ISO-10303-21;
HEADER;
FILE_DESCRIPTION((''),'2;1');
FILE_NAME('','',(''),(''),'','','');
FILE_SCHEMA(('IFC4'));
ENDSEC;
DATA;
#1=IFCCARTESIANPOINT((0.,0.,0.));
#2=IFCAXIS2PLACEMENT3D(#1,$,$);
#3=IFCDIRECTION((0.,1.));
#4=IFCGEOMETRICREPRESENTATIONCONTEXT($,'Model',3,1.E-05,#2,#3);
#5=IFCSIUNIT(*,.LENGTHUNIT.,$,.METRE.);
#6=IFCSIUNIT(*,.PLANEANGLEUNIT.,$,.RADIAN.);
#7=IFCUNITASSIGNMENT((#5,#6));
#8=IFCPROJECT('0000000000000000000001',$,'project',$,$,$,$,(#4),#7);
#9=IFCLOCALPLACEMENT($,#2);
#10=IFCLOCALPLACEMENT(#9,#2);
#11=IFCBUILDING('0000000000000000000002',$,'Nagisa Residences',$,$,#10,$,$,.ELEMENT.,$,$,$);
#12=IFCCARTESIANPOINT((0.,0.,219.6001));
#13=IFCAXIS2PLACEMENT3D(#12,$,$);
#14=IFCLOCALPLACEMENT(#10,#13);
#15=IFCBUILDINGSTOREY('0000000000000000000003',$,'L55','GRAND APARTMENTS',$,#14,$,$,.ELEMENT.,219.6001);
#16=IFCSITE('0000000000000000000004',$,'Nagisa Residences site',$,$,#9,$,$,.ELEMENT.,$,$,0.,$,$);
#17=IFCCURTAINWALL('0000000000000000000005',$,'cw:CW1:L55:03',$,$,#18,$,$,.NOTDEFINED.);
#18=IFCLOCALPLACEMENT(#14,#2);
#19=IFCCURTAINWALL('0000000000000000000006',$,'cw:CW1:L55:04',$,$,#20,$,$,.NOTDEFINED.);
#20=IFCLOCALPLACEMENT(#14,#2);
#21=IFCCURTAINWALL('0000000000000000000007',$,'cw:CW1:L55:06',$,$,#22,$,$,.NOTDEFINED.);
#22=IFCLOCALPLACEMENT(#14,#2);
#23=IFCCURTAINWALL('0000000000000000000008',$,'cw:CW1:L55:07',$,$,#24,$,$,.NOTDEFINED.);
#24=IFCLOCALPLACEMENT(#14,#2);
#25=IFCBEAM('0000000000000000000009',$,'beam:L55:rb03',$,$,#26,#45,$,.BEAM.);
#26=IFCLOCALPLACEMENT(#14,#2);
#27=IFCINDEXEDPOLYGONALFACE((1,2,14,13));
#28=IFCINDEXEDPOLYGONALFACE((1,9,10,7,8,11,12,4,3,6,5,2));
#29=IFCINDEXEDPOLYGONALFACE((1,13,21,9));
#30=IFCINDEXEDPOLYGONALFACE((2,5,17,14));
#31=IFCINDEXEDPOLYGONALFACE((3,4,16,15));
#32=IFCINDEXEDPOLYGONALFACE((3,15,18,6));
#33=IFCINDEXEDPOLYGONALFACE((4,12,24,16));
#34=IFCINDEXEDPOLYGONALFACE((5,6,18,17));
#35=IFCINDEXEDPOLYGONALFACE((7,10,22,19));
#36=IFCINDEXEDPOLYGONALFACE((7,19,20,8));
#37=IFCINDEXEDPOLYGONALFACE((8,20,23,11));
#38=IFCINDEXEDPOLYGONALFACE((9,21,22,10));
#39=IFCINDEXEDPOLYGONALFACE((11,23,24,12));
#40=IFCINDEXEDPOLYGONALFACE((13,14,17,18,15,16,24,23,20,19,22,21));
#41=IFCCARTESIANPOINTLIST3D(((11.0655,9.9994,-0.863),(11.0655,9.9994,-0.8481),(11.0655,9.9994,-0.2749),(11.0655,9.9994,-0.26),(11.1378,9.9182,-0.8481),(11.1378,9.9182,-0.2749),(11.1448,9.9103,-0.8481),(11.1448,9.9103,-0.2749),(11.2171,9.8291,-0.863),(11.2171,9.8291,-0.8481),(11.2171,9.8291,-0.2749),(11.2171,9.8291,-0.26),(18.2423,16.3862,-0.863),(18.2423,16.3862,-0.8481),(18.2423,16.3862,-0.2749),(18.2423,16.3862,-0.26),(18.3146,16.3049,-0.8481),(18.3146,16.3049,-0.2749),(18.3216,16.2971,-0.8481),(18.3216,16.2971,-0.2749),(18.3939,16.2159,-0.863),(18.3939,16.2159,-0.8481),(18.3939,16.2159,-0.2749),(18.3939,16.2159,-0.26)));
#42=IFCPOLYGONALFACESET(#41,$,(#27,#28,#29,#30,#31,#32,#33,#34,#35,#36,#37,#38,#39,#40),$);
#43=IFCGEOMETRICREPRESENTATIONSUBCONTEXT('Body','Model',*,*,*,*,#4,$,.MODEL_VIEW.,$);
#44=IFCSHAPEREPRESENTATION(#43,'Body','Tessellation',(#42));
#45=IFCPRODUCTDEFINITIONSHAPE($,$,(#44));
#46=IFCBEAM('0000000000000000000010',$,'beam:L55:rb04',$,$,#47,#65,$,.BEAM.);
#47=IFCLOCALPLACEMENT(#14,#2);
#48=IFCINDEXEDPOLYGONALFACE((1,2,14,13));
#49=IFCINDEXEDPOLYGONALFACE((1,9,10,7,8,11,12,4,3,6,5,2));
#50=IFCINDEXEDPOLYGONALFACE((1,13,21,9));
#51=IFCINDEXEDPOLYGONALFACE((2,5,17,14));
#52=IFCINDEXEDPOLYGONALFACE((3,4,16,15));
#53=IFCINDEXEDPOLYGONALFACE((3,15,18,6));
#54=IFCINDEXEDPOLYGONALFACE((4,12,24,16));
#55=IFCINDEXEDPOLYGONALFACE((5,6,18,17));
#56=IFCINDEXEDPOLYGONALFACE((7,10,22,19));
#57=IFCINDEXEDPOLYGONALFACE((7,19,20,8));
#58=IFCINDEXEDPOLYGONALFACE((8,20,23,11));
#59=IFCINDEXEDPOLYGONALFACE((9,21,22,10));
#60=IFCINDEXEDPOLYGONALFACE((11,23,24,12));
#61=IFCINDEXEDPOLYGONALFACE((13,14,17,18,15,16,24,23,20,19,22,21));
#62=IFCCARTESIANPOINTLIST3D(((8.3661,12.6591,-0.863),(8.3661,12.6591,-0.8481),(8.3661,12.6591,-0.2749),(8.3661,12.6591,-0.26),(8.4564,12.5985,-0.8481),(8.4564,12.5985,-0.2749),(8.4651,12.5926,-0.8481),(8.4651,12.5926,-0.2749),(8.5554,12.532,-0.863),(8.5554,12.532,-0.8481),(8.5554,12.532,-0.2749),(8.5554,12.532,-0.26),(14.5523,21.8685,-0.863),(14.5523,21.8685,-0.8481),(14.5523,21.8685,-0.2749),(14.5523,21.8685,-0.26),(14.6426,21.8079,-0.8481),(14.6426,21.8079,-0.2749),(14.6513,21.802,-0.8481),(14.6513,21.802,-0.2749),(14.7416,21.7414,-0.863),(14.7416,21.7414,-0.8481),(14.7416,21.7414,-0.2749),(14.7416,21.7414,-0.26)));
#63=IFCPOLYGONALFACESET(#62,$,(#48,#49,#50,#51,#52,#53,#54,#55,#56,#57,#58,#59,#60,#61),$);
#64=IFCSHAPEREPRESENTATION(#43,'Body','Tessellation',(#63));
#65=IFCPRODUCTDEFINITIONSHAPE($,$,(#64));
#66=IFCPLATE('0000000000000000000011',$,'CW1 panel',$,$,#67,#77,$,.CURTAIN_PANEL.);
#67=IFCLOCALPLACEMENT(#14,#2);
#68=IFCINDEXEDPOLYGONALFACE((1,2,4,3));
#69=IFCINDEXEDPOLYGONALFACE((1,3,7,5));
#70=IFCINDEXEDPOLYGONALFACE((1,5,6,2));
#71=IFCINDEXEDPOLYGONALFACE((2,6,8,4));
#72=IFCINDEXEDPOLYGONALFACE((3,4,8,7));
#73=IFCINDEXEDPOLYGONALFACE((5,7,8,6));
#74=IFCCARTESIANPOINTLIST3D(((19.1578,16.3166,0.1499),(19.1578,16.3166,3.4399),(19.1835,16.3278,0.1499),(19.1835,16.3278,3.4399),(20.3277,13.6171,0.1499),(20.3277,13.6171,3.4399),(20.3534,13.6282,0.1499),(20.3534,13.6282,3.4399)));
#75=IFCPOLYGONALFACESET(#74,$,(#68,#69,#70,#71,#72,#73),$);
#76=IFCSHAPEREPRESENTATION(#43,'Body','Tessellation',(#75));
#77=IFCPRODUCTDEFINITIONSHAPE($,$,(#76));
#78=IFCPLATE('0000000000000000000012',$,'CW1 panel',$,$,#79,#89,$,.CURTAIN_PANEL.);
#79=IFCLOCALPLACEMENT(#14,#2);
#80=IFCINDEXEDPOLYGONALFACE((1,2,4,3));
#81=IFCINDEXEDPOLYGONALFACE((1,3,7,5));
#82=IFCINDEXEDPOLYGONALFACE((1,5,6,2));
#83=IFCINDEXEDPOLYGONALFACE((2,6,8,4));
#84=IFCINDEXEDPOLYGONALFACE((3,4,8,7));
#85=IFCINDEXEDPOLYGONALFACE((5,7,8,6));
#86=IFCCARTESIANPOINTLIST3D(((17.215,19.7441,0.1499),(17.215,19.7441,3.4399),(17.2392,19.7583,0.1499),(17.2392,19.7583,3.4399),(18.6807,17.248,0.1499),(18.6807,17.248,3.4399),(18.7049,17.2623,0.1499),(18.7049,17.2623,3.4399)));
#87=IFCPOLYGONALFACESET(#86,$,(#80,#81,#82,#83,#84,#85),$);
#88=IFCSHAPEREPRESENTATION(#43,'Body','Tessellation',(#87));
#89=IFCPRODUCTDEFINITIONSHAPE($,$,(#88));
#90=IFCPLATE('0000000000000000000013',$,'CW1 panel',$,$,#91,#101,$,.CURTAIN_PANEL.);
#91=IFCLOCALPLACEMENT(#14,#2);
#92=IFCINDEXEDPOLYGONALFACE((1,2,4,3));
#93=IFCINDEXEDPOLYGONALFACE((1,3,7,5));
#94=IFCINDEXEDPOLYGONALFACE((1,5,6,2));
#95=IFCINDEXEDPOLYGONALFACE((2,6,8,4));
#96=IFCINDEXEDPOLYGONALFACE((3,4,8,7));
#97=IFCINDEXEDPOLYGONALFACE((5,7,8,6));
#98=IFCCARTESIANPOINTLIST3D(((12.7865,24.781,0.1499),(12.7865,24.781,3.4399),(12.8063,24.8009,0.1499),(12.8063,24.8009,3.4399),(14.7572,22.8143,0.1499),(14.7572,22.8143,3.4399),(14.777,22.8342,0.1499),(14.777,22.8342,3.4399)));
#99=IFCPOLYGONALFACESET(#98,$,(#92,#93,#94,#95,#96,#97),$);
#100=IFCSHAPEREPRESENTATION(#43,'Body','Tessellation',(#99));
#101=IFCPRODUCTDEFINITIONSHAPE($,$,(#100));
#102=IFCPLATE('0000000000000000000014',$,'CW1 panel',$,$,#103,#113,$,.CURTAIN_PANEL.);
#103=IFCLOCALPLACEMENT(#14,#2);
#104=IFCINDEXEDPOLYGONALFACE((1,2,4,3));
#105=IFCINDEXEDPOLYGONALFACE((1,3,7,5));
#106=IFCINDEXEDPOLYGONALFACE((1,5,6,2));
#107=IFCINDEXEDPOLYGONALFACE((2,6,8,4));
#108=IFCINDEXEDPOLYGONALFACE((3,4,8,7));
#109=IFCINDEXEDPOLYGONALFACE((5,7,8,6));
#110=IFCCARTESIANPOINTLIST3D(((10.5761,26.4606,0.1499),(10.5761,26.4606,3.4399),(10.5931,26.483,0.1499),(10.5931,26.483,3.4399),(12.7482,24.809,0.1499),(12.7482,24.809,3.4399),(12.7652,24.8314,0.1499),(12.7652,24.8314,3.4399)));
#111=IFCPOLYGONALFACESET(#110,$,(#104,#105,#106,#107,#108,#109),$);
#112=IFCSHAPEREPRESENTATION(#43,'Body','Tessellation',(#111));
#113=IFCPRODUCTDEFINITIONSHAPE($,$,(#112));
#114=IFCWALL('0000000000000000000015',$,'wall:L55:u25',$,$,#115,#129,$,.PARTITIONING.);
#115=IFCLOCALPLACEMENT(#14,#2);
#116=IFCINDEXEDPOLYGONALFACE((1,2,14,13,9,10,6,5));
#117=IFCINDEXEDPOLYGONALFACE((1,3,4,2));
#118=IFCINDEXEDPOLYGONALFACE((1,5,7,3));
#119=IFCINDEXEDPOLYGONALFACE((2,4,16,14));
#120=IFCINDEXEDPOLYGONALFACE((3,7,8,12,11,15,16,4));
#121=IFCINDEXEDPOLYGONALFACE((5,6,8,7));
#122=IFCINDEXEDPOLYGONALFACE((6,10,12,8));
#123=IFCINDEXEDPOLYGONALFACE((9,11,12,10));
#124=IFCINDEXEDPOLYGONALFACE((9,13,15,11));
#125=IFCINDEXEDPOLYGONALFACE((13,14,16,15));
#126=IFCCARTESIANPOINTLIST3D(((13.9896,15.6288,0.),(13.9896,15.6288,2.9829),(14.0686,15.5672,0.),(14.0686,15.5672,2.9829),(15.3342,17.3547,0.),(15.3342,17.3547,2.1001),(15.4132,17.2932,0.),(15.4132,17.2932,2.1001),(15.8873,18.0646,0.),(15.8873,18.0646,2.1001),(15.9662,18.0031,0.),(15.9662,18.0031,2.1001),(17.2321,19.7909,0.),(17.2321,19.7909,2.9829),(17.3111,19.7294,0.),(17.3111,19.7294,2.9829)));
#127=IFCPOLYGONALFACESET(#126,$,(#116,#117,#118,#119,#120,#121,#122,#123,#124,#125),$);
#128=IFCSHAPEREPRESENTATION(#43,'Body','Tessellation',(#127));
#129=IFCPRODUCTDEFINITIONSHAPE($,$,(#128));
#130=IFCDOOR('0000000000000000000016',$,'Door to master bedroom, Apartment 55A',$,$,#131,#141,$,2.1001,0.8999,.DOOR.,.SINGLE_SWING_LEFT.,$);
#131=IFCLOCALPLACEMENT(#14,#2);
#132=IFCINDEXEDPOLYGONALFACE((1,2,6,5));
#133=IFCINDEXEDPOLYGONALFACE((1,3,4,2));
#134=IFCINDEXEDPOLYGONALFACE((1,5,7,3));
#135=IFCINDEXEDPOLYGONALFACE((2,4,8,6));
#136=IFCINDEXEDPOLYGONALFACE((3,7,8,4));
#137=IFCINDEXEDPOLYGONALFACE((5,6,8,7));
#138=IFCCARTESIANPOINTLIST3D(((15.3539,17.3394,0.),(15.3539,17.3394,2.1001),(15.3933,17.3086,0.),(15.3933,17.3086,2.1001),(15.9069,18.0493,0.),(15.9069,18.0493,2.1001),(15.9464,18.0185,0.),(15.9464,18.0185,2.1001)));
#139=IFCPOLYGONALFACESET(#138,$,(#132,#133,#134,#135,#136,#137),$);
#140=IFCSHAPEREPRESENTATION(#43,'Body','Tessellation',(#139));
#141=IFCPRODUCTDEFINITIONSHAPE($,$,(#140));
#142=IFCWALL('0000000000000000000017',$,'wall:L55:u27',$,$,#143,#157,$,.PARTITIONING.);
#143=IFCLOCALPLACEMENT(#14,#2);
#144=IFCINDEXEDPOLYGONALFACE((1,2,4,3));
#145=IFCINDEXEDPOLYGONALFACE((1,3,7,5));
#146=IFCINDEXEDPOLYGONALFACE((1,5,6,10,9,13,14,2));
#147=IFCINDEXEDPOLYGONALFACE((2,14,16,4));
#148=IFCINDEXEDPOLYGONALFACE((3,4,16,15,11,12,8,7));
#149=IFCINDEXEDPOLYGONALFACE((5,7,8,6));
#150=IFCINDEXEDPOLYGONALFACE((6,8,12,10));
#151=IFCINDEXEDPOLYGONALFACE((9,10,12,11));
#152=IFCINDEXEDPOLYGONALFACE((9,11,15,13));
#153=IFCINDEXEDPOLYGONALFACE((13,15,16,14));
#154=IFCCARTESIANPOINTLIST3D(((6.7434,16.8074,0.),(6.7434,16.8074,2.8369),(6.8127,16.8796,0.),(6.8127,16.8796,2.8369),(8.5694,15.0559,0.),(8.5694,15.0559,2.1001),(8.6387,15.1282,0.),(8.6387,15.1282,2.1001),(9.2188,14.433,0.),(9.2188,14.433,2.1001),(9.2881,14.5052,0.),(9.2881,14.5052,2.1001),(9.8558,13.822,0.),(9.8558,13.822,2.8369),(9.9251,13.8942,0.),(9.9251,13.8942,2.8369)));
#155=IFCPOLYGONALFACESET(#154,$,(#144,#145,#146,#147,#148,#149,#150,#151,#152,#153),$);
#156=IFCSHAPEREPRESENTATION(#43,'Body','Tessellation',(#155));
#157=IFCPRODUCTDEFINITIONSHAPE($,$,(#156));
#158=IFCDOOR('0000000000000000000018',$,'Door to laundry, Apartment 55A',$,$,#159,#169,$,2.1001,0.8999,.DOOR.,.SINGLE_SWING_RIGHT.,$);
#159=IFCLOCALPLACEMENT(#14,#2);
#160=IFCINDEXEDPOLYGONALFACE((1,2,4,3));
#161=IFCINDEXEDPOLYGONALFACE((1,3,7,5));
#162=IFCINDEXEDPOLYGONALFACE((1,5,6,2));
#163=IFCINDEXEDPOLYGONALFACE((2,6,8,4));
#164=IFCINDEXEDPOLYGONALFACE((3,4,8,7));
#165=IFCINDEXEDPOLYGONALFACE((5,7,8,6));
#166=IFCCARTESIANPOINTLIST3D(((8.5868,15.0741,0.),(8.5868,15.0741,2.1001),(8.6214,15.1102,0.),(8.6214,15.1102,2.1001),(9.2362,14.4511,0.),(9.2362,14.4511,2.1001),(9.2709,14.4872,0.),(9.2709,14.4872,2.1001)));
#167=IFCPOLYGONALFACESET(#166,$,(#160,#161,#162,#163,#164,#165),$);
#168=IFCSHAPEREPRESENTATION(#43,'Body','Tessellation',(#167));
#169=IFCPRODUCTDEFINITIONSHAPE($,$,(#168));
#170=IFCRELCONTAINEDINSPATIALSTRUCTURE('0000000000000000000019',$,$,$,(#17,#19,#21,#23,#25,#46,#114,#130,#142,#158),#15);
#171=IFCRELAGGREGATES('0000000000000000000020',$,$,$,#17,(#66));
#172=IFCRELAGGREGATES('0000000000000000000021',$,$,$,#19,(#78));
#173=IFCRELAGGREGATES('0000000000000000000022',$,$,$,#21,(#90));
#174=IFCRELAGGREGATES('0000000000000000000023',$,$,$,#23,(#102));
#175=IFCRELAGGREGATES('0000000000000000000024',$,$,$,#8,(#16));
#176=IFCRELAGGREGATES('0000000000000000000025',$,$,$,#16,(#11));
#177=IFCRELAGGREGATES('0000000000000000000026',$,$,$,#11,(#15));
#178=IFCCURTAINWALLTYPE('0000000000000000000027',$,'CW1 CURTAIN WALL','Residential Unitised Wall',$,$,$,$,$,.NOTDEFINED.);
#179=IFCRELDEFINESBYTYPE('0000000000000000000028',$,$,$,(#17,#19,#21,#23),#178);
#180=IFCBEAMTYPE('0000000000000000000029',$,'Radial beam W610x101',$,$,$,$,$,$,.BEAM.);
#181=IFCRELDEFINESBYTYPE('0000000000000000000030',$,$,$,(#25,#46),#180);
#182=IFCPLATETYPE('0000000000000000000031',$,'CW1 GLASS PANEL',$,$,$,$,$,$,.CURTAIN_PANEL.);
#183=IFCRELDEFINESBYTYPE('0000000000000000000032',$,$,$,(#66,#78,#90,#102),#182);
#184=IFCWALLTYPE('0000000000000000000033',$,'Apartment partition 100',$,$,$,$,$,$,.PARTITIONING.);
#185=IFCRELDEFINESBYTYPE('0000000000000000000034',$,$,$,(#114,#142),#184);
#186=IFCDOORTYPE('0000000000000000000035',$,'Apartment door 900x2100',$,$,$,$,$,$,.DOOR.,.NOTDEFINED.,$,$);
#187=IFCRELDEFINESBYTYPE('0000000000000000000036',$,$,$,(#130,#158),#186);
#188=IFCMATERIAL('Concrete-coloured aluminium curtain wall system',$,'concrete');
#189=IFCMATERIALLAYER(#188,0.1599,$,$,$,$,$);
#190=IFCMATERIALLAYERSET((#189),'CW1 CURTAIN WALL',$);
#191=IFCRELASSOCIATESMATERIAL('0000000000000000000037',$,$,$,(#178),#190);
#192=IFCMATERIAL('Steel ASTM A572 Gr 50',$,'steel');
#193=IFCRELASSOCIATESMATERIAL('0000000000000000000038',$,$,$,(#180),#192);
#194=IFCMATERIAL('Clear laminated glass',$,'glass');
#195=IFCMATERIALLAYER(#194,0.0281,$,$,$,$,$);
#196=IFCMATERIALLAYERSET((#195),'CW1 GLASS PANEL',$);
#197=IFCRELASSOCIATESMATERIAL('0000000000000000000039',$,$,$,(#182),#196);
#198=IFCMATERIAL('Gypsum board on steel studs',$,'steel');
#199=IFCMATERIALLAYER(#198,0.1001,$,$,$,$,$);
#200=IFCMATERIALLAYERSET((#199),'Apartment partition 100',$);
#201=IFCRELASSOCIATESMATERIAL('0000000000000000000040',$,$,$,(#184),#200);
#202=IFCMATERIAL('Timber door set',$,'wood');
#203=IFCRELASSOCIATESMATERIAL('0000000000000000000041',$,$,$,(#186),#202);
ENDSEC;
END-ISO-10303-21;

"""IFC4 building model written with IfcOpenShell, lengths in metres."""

from ifc_helpers import new_model, si_unit, direction, frame, frame_2d, origin, origin_2d, place, context, subcontext, project, spatial, rectangle, i_section, extrude, material, layer, layer_set, material_profile, profile_set, type_object, element, fill, aggregate, save


model = new_model("IFC4")

# Units and contexts
model_context = context("Model", 3, precision=1e-05, world=origin(), true_north=direction((0.0, 1.0)))
body_context = subcontext(model_context, "Body", "Model", "MODEL_VIEW")
ifc_project = project(units=[si_unit("LENGTHUNIT", "METRE"), si_unit("PLANEANGLEUNIT", "RADIAN")], contexts=[model_context])

# Site, building, storey
site_placement = place(None, origin())
site = spatial("IfcSite", under=ifc_project, at=site_placement, Name="Nagisa Residences site", CompositionType="ELEMENT", RefElevation=0.0)
building_placement = place(site_placement, origin())
building = spatial("IfcBuilding", under=site, at=building_placement, Name="Nagisa Residences", CompositionType="ELEMENT")
storey_placement = place(building_placement, frame((0.0, 0.0, 219.6001)))
storey = spatial("IfcBuildingStorey", under=building, at=storey_placement, Name="L55", Description="GRAND APARTMENTS", CompositionType="ELEMENT", Elevation=219.6001)

# Curtain walls
ifc_material_1 = material(Name="Concrete-coloured aluminium curtain wall system", Category="concrete")
ifc_layer_1 = layer(ifc_material_1, 0.1599)
ifc_layer_set_1 = layer_set([ifc_layer_1], Name="CW1 CURTAIN WALL")
curtain_wall_type = type_object("IfcCurtainWallType", Name="CW1 CURTAIN WALL", Description="Residential Unitised Wall", PredefinedType="NOTDEFINED", material=ifc_layer_set_1)
curtain_wall_1_placement = place(storey_placement, origin())
curtain_wall_1 = element("IfcCurtainWall", 1, at=curtain_wall_1_placement, inside=storey, type_object=curtain_wall_type, Name="cw:CW1:L55:03", PredefinedType="NOTDEFINED")
curtain_wall_2_placement = place(storey_placement, origin())
curtain_wall_2 = element("IfcCurtainWall", 2, at=curtain_wall_2_placement, inside=storey, type_object=curtain_wall_type, Name="cw:CW1:L55:04", PredefinedType="NOTDEFINED")
curtain_wall_3_placement = place(storey_placement, origin())
curtain_wall_3 = element("IfcCurtainWall", 3, at=curtain_wall_3_placement, inside=storey, type_object=curtain_wall_type, Name="cw:CW1:L55:06", PredefinedType="NOTDEFINED")
curtain_wall_4_placement = place(storey_placement, origin())
curtain_wall_4 = element("IfcCurtainWall", 4, at=curtain_wall_4_placement, inside=storey, type_object=curtain_wall_type, Name="cw:CW1:L55:07", PredefinedType="NOTDEFINED")

# Beams
ifc_material_2 = material(Name="Steel ASTM A572 Gr 50", Category="steel")
ifc_material_profile_1 = material_profile(ifc_material_2, i_section(OverallWidth=0.228, OverallDepth=0.603, WebThickness=0.0105, FlangeThickness=0.0149, at=origin_2d()), Name="W610x101")
ifc_profile_set_1 = profile_set([ifc_material_profile_1], Name="Steel ASTM A572 Gr 50")
beam_type_1 = type_object("IfcBeamType", Name="Radial beam W610x101", PredefinedType="BEAM", material=ifc_profile_set_1)
beam_1_placement = place(storey_placement, frame((18.3181, 16.301, -0.5615), z_axis=(-0.747028, -0.664793, 0.0), x_axis=(0.664793, -0.747028, 0.0)))
element("IfcBeam", 5, at=beam_1_placement, inside=storey, type_object=beam_type_1, Name="beam:L55:rb03", PredefinedType="BEAM", context=body_context, shape_type="SweptSolid", body=[
    extrude(i_section(OverallWidth=0.228, OverallDepth=0.603, WebThickness=0.0105, FlangeThickness=0.0149, at=origin_2d()), origin(), (0.0, 0.0, 1.0), 9.6072),
])
beam_2_placement = place(storey_placement, frame((14.647, 21.8049, -0.5615), z_axis=(-0.557607, -0.830105, 0.0), x_axis=(0.830105, -0.557607, 0.0)))
element("IfcBeam", 6, at=beam_2_placement, inside=storey, type_object=beam_type_1, Name="beam:L55:rb04", PredefinedType="BEAM", context=body_context, shape_type="SweptSolid", body=[
    extrude(i_section(OverallWidth=0.228, OverallDepth=0.603, WebThickness=0.0105, FlangeThickness=0.0149, at=origin_2d()), origin(), (0.0, 0.0, 1.0), 11.0942),
])

# Plates
ifc_material_3 = material(Name="Clear laminated glass", Category="glass")
ifc_layer_2 = layer(ifc_material_3, 0.0281)
ifc_layer_set_2 = layer_set([ifc_layer_2], Name="CW1 GLASS PANEL")
plate_type = type_object("IfcPlateType", Name="CW1 GLASS PANEL", PredefinedType="CURTAIN_PANEL", material=ifc_layer_set_2)
plate_1_placement = place(storey_placement, frame((19.7556, 14.9724, 0.1499), z_axis=(0.0, 0.0, 1.0), x_axis=(-0.397636, 0.917543, 0.0)))
plate_1 = element("IfcPlate", 7, at=plate_1_placement, type_object=plate_type, Name="CW1 panel", PredefinedType="CURTAIN_PANEL", context=body_context, shape_type="SweptSolid", body=[
    extrude(rectangle(XDim=2.9421, YDim=0.0281, at=origin_2d()), origin(), (0.0, 0.0, 1.0), 3.29),
])
aggregate(curtain_wall_1, [plate_1])
plate_2_placement = place(storey_placement, frame((17.96, 18.5032, 0.1499), z_axis=(0.0, 0.0, 1.0), x_axis=(-0.506349, 0.862329, 0.0)))
plate_2 = element("IfcPlate", 8, at=plate_2_placement, type_object=plate_type, Name="CW1 panel", PredefinedType="CURTAIN_PANEL", context=body_context, shape_type="SweptSolid", body=[
    extrude(rectangle(XDim=2.8945, YDim=0.0281, at=origin_2d()), origin(), (0.0, 0.0, 1.0), 3.29),
])
aggregate(curtain_wall_2, [plate_2])
plate_3_placement = place(storey_placement, frame((13.7817, 23.8076, 0.1499), z_axis=(0.0, 0.0, 1.0), x_axis=(-0.707836, 0.706377, 0.0)))
plate_3 = element("IfcPlate", 9, at=plate_3_placement, type_object=plate_type, Name="CW1 panel", PredefinedType="CURTAIN_PANEL", context=body_context, shape_type="SweptSolid", body=[
    extrude(rectangle(XDim=2.7842, YDim=0.0281, at=origin_2d()), origin(), (0.0, 0.0, 1.0), 3.29),
])
aggregate(curtain_wall_3, [plate_3])
plate_4_placement = place(storey_placement, frame((11.6707, 25.646, 0.1499), z_axis=(0.0, 0.0, 1.0), x_axis=(-0.796031, 0.605255, 0.0)))
plate_4 = element("IfcPlate", 10, at=plate_4_placement, type_object=plate_type, Name="CW1 panel", PredefinedType="CURTAIN_PANEL", context=body_context, shape_type="SweptSolid", body=[
    extrude(rectangle(XDim=2.7288, YDim=0.0281, at=origin_2d()), origin(), (0.0, 0.0, 1.0), 3.29),
])
aggregate(curtain_wall_4, [plate_4])

# Walls, openings, doors
ifc_material_4 = material(Name="Gypsum board on steel studs", Category="steel")
ifc_layer_3 = layer(ifc_material_4, 0.1001)
ifc_layer_set_3 = layer_set([ifc_layer_3], Name="Apartment partition 100")
wall_type_1 = type_object("IfcWallType", Name="Apartment partition 100", PredefinedType="PARTITIONING", material=ifc_layer_set_3)
wall_1_placement = place(storey_placement, frame((14.0291, 15.5979, 0.0), z_axis=(0.0, 0.0, 1.0), x_axis=(0.614559, 0.788871, 0.0)))
wall_1 = element("IfcWall", 11, at=wall_1_placement, inside=storey, type_object=wall_type_1, Name="wall:L55:u25", PredefinedType="PARTITIONING", context=body_context, shape_type="SweptSolid", body=[
    extrude(rectangle(XDim=5.2761, YDim=0.1001, at=frame_2d((2.6382, 0.0))), origin(), (0.0, 0.0, 1.0), 2.9829),
])
opening_1_placement = place(wall_1_placement, frame((2.188, 0.0, 0.0)))
opening_1 = element("IfcOpeningElement", 12, at=opening_1_placement, cuts=wall_1, PredefinedType="OPENING", context=body_context, shape_type="SweptSolid", body=[
    extrude(rectangle(XDim=0.8999, YDim=2.1001, at=frame_2d((0.45, 1.05))), frame((0.0, 0.0601, 0.0), z_axis=(0.0, -1.0, 0.0), x_axis=(1.0, 0.0, 0.0)), (0.0, 0.0, 1.0), 0.1201),
])
ifc_material_5 = material(Name="Timber door set", Category="wood")
door_type_1 = type_object("IfcDoorType", Name="Apartment door 900x2100", OperationType="NOTDEFINED", PredefinedType="DOOR", material=ifc_material_5)
door_1_placement = place(opening_1_placement, frame((0.8999, 0.0, 0.0), x_axis=(-1.0, 0.0, 0.0)))
door_1 = element("IfcDoor", 13, at=door_1_placement, inside=storey, type_object=door_type_1, Name="Door to master bedroom, Apartment 55A", OperationType="SINGLE_SWING_LEFT", OverallHeight=2.1001, OverallWidth=0.8999, PredefinedType="DOOR", context=body_context, shape_type="SweptSolid", body=[
    extrude(rectangle(XDim=0.8999, YDim=2.1001, at=frame_2d((0.45, 1.05))), frame((0.0, 0.0249, 0.0), z_axis=(0.0, -1.0, 0.0), x_axis=(1.0, 0.0, 0.0)), (0.0, 0.0, 1.0), 0.05),
])
fill(opening_1, door_1)
wall_2_placement = place(storey_placement, frame((9.8904, 13.8582, 0.0), z_axis=(0.0, 0.0, 1.0), x_axis=(-0.721672, 0.692235, 0.0)))
wall_2 = element("IfcWall", 14, at=wall_2_placement, inside=storey, type_object=wall_type_1, Name="wall:L55:u27", PredefinedType="PARTITIONING", context=body_context, shape_type="SweptSolid", body=[
    extrude(rectangle(XDim=4.3127, YDim=0.1001, at=frame_2d((2.1562, 0.0))), origin(), (0.0, 0.0, 1.0), 2.8369),
])
opening_2_placement = place(wall_2_placement, frame((0.8826, 0.0, 0.0)))
opening_2 = element("IfcOpeningElement", 15, at=opening_2_placement, cuts=wall_2, PredefinedType="OPENING", context=body_context, shape_type="SweptSolid", body=[
    extrude(rectangle(XDim=0.8999, YDim=2.1001, at=frame_2d((0.45, 1.05))), frame((0.0, 0.0601, 0.0), z_axis=(0.0, -1.0, 0.0), x_axis=(1.0, 0.0, 0.0)), (0.0, 0.0, 1.0), 0.1201),
])
door_2_placement = place(opening_2_placement, origin())
door_2 = element("IfcDoor", 16, at=door_2_placement, inside=storey, type_object=door_type_1, Name="Door to laundry, Apartment 55A", OperationType="SINGLE_SWING_RIGHT", OverallHeight=2.1001, OverallWidth=0.8999, PredefinedType="DOOR", context=body_context, shape_type="SweptSolid", body=[
    extrude(rectangle(XDim=0.8999, YDim=2.1001, at=frame_2d((0.45, 1.05))), frame((0.0, 0.0249, 0.0), z_axis=(0.0, -1.0, 0.0), x_axis=(1.0, 0.0, 0.0)), (0.0, 0.0, 1.0), 0.05),
])
fill(opening_2, door_2)

save(model, "model.ifc")
